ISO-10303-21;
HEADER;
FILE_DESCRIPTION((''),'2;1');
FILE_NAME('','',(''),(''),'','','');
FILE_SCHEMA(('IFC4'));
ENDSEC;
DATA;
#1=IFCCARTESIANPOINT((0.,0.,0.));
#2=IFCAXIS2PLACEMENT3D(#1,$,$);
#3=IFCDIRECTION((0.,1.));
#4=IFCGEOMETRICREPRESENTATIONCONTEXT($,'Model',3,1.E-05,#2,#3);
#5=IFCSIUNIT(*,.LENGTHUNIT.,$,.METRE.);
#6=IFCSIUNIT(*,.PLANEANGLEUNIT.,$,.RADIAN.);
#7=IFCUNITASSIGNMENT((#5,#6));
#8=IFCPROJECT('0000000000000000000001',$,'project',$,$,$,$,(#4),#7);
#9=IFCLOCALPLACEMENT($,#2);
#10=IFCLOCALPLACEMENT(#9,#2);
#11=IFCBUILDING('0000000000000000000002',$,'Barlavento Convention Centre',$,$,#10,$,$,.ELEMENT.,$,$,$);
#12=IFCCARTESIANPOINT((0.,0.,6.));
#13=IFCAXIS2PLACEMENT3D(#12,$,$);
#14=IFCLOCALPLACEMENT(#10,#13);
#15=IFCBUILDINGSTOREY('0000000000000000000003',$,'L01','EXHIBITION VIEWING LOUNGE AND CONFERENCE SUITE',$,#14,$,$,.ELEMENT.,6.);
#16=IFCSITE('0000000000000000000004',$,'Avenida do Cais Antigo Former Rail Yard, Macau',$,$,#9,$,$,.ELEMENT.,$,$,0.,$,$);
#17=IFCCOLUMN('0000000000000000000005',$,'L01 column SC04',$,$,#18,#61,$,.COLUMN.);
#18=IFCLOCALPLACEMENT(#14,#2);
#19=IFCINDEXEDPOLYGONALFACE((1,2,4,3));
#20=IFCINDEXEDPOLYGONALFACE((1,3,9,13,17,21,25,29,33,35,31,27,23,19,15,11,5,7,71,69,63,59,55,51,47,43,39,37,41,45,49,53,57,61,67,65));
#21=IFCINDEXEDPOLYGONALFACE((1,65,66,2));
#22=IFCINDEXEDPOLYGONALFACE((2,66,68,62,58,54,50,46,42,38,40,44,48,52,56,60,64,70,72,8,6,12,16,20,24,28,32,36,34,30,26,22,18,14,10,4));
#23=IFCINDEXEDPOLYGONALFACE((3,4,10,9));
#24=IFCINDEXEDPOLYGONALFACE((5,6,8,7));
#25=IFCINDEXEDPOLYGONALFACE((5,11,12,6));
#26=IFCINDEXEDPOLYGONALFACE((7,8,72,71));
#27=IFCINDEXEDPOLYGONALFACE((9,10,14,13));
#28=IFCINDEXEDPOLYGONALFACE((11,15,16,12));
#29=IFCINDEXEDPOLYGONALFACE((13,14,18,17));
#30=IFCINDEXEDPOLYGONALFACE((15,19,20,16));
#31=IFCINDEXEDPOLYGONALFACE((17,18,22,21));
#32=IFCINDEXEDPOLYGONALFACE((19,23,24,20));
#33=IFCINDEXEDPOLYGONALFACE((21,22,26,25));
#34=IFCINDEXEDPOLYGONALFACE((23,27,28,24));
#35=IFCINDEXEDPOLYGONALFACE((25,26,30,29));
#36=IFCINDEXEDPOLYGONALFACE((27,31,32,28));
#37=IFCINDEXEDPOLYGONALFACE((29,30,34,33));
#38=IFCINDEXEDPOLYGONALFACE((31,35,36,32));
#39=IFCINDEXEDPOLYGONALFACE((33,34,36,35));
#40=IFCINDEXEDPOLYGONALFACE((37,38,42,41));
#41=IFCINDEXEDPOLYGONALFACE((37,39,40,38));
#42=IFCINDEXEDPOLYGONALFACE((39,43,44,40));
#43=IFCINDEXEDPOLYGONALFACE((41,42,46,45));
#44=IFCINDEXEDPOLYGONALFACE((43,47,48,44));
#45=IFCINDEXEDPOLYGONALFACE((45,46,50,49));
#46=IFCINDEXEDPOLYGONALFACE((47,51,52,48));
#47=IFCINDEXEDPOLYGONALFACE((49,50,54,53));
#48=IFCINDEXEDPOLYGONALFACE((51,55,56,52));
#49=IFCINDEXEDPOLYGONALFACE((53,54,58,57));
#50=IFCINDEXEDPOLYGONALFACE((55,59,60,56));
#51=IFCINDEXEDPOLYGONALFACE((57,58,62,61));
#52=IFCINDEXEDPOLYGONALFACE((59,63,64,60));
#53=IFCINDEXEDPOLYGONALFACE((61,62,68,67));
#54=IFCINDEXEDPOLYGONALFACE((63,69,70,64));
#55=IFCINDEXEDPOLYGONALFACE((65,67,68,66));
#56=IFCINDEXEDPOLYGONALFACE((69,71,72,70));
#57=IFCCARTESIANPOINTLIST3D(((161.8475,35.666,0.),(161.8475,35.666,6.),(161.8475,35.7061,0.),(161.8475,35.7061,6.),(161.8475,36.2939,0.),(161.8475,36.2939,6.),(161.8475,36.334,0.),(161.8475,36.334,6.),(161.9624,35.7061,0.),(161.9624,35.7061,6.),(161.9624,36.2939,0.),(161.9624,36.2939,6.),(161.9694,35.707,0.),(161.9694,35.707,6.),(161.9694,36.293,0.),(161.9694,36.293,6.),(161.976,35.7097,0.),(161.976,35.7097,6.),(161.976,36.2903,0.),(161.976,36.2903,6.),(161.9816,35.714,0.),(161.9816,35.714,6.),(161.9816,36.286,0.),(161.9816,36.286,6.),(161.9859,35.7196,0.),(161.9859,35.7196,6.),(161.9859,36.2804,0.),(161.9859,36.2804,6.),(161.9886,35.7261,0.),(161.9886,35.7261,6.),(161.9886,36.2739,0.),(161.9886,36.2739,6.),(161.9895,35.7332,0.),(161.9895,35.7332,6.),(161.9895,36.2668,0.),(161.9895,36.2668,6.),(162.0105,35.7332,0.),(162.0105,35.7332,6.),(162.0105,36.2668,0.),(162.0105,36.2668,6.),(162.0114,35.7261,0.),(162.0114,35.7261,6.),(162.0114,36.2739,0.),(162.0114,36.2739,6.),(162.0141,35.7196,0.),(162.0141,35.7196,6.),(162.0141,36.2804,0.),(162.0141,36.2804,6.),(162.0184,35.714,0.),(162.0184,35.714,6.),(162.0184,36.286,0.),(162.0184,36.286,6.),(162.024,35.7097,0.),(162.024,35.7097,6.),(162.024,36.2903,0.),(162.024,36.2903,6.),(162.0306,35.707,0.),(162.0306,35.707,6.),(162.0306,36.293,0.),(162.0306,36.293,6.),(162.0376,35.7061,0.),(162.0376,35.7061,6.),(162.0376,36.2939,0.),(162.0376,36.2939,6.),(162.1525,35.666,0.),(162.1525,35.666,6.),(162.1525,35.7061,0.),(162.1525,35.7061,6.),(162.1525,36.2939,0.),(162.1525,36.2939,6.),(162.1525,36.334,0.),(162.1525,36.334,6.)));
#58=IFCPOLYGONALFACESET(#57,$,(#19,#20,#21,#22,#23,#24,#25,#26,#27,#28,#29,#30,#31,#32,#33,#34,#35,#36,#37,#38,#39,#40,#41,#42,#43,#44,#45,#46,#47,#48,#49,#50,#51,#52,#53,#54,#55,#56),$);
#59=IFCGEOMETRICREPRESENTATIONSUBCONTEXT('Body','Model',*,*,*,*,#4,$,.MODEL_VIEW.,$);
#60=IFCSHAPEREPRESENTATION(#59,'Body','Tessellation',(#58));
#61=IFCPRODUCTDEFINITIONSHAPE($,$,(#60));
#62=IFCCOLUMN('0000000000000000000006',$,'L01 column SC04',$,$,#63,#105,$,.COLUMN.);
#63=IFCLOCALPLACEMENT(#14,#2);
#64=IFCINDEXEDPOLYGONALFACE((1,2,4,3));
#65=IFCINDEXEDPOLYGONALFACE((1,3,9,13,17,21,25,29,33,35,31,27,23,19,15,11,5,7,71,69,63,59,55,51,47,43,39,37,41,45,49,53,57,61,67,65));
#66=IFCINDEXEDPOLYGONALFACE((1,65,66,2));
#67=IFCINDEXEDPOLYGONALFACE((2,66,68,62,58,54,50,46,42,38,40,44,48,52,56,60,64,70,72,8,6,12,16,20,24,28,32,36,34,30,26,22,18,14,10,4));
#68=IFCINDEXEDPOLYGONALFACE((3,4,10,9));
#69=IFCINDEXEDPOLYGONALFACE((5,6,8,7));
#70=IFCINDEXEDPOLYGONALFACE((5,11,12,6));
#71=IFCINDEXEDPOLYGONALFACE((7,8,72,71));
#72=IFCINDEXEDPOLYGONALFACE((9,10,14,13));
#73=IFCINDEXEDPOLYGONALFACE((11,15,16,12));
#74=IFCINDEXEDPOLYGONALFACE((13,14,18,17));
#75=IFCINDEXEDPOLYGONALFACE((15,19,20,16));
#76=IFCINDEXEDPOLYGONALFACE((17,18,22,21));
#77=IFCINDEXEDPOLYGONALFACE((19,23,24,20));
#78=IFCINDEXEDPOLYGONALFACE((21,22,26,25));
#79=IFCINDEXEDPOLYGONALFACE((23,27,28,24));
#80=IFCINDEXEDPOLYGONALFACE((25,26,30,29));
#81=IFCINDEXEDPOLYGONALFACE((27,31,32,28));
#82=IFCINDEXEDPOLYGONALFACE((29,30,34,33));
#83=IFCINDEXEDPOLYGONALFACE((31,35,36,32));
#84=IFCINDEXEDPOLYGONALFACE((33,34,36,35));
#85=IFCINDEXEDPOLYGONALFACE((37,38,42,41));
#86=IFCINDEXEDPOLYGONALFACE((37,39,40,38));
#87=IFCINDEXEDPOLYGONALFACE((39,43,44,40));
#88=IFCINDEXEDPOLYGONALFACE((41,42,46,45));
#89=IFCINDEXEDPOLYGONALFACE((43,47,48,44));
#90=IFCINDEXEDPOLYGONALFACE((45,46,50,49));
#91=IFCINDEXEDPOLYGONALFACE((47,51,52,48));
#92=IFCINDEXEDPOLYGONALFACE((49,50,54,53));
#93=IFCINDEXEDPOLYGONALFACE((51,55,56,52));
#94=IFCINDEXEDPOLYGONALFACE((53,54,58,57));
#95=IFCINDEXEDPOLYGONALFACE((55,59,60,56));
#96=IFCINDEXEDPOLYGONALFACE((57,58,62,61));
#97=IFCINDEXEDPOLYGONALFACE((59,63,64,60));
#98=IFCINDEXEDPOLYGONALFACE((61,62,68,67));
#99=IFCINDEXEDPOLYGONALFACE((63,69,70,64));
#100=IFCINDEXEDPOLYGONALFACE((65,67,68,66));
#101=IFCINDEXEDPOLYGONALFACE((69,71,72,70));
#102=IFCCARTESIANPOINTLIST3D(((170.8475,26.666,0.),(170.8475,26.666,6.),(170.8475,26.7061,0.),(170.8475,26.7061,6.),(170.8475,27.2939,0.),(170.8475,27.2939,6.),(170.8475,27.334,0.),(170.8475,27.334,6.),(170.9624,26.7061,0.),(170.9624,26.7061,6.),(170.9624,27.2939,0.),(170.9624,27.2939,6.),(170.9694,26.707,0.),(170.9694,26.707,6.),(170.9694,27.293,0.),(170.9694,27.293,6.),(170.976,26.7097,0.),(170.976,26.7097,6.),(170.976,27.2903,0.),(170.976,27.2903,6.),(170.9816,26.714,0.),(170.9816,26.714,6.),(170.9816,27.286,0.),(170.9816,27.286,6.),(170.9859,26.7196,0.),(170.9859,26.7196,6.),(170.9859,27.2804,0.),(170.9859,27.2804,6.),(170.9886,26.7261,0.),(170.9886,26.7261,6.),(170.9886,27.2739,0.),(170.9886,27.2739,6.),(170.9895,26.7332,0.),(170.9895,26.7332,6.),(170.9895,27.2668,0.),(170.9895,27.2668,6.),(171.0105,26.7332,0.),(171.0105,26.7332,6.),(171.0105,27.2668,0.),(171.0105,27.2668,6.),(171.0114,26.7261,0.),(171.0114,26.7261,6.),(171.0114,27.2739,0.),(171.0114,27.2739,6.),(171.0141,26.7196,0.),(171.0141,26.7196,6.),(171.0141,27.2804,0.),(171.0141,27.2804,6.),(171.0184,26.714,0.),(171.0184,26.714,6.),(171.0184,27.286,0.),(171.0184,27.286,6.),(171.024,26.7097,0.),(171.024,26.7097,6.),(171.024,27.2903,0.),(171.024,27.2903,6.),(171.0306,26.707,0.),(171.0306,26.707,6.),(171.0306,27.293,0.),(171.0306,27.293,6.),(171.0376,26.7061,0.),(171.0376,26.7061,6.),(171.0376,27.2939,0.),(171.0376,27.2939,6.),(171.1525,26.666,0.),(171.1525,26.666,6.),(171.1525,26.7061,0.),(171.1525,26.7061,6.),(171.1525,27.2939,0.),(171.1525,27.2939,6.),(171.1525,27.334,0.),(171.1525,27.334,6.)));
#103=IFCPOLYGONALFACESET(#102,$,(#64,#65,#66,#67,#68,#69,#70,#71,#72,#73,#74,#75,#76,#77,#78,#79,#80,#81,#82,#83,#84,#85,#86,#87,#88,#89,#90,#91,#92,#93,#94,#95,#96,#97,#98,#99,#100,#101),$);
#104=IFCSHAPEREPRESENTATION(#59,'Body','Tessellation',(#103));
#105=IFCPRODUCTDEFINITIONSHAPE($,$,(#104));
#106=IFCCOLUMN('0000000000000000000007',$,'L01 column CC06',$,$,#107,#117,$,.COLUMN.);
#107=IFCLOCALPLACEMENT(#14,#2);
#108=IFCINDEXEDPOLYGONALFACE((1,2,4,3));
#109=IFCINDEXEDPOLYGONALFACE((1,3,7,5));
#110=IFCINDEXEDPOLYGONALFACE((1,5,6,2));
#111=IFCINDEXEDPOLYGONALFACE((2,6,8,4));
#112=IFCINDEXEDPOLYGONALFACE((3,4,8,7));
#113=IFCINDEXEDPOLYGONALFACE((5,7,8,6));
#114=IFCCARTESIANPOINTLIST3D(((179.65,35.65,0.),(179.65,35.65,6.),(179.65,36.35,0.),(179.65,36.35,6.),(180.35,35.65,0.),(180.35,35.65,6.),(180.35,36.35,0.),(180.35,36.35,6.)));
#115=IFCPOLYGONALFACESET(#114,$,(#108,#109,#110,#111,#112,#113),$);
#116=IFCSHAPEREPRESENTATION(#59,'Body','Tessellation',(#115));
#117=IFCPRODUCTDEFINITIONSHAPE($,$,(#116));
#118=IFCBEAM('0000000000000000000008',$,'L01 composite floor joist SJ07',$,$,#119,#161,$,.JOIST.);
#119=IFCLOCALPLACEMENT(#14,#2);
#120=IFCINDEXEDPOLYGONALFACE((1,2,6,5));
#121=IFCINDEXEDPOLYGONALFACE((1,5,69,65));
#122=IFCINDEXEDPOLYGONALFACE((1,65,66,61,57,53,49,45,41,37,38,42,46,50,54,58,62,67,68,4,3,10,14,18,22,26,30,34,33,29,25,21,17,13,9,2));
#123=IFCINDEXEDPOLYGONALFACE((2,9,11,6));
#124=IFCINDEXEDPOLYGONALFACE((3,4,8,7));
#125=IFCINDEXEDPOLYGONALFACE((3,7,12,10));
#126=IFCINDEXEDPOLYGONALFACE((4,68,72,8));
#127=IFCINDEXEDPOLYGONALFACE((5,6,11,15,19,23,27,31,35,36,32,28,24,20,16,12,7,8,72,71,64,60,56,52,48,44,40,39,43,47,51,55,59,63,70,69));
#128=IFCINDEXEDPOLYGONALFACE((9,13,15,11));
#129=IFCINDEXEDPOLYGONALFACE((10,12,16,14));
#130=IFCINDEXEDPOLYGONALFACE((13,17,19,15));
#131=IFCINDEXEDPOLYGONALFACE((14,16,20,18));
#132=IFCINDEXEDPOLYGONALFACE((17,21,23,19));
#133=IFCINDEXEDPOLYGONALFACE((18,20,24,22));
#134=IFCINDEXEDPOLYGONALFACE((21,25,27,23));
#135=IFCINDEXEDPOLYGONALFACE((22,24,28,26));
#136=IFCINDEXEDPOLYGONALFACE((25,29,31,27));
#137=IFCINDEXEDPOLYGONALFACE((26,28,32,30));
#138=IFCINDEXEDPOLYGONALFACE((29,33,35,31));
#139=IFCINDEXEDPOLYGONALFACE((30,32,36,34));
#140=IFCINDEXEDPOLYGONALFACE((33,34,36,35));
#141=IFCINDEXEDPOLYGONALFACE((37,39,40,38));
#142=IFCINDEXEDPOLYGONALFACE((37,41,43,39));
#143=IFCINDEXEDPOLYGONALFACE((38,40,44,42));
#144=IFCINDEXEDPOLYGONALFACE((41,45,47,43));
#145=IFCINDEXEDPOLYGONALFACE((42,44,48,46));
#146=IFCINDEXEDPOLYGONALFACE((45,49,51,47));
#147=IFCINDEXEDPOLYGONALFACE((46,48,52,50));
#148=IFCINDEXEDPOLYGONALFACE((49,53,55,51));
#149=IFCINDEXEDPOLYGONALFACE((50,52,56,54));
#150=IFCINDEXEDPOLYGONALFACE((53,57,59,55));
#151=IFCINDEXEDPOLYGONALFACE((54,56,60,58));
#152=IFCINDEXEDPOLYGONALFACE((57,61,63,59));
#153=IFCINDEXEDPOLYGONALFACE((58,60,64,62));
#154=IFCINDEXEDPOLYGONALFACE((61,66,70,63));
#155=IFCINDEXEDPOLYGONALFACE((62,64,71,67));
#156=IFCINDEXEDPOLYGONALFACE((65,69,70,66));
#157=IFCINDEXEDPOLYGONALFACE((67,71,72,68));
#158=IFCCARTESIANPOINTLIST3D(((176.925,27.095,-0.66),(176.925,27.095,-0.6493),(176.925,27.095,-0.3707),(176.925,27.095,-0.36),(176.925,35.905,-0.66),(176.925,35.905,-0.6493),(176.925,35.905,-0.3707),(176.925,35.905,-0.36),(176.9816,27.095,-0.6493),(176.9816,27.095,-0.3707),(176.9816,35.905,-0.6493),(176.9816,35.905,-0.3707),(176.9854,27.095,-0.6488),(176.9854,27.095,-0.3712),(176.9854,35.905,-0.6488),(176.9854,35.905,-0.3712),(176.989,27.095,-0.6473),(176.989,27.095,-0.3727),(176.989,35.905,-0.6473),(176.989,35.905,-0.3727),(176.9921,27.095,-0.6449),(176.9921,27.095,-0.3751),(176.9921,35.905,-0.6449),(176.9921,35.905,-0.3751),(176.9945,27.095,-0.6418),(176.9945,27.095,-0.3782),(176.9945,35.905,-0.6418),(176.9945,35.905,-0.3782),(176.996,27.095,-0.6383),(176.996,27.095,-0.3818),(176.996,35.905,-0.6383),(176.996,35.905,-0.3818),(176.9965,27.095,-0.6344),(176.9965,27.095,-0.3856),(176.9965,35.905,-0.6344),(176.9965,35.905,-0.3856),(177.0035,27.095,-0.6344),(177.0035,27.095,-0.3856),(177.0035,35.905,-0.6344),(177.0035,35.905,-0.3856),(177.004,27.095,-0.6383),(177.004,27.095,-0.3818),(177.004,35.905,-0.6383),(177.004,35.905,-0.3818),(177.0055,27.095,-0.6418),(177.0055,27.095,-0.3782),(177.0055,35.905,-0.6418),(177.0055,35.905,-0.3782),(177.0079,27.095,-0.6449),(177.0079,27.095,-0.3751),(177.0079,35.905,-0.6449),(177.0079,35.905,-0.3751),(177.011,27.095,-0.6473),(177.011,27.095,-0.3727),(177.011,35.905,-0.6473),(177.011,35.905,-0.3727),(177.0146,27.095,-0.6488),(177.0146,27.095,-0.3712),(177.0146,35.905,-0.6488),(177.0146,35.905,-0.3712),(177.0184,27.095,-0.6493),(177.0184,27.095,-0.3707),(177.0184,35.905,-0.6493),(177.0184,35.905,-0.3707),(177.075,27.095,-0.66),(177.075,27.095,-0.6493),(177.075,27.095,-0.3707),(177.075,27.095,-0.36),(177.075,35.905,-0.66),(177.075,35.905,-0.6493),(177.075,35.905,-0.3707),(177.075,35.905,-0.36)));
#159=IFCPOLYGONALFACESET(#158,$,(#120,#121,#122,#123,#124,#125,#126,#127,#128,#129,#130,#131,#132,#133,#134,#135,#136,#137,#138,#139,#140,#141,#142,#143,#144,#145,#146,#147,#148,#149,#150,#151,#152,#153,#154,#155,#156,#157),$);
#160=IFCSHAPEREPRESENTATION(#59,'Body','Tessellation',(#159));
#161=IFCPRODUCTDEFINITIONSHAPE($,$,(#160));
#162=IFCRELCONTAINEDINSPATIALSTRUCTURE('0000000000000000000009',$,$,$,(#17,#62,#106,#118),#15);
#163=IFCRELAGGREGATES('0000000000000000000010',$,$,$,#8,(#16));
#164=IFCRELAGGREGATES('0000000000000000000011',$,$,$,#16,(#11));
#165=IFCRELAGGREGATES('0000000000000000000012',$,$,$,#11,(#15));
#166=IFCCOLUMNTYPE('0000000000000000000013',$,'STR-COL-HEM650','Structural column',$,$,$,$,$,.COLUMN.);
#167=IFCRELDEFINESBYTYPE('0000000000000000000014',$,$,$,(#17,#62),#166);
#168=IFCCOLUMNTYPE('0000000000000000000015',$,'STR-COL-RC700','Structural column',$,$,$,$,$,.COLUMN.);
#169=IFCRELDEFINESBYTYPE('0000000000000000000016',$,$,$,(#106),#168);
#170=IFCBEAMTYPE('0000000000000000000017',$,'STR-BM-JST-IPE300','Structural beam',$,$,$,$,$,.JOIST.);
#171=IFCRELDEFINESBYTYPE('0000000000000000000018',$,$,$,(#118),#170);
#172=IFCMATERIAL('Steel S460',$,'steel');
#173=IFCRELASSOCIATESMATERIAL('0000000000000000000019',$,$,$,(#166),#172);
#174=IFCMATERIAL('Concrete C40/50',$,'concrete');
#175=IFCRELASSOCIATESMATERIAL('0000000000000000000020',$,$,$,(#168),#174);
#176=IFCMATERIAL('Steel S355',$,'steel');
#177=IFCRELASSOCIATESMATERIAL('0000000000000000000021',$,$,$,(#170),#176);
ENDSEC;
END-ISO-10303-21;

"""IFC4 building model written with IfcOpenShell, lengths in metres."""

from ifc_helpers import new_model, si_unit, direction, frame, origin, origin_2d, place, context, subcontext, project, spatial, rectangle, i_section, extrude, material, material_profile, profile_set, type_object, element, save


model = new_model("IFC4")

# Units and contexts
model_context = context("Model", 3, precision=1e-05, world=origin(), true_north=direction((0.0, 1.0)))
body_context = subcontext(model_context, "Body", "Model", "MODEL_VIEW")
ifc_project = project(units=[si_unit("LENGTHUNIT", "METRE"), si_unit("PLANEANGLEUNIT", "RADIAN")], contexts=[model_context])

# Site, building, storey
site_placement = place(None, origin())
site = spatial("IfcSite", under=ifc_project, at=site_placement, Name="Avenida do Cais Antigo Former Rail Yard, Macau", CompositionType="ELEMENT", RefElevation=0.0)
building_placement = place(site_placement, origin())
building = spatial("IfcBuilding", under=site, at=building_placement, Name="Barlavento Convention Centre", CompositionType="ELEMENT")
storey_placement = place(building_placement, frame((0.0, 0.0, 6.0)))
storey = spatial("IfcBuildingStorey", under=building, at=storey_placement, Name="L01", Description="EXHIBITION VIEWING LOUNGE AND CONFERENCE SUITE", CompositionType="ELEMENT", Elevation=6.0)

# Columns
ifc_material_1 = material(Name="Steel S355", Category="steel")
ifc_material_2 = material(Name="Steel S460", Category="steel")
ifc_material_profile_1 = material_profile(ifc_material_2, i_section(OverallWidth=0.3049, OverallDepth=0.668, WebThickness=0.021, FlangeThickness=0.04, FilletRadius=0.0271, at=origin_2d()), Name="HEM 650")
ifc_profile_set_1 = profile_set([ifc_material_profile_1], Name="Steel S460")
column_type_1 = type_object("IfcColumnType", Name="STR-COL-HEM650", Description="Structural column", PredefinedType="COLUMN", material=ifc_profile_set_1)
for number, where, z_axis, x_axis, name in (
    (1, (162.0, 36.0, 0.0), (0.0, 0.0, 1.0), (1.0, 0.0, 0.0), "L01 column SC04"),
    (2, (171.0, 27.0, 0.0), (0.0, 0.0, 1.0), (1.0, 0.0, 0.0), "L01 column SC04"),
):
    element("IfcColumn", number, at=place(storey_placement, frame(where, z_axis=z_axis, x_axis=x_axis)), inside=storey, type_object=column_type_1, Name=name, PredefinedType="COLUMN", context=body_context, shape_type="SweptSolid", body=[
        extrude(i_section(OverallWidth=0.3049, OverallDepth=0.668, WebThickness=0.021, FlangeThickness=0.04, FilletRadius=0.0271, at=origin_2d()), origin(), (0.0, 0.0, 1.0), 6.0),
    ])
ifc_material_3 = material(Name="Concrete C40/50", Category="concrete")
ifc_material_profile_2 = material_profile(ifc_material_3, rectangle(XDim=0.7, YDim=0.7, at=origin_2d()), Name="RC 700x700")
ifc_profile_set_2 = profile_set([ifc_material_profile_2], Name="Concrete C40/50")
column_type_2 = type_object("IfcColumnType", Name="STR-COL-RC700", Description="Structural column", PredefinedType="COLUMN", material=ifc_profile_set_2)
column_1_placement = place(storey_placement, frame((180.0, 36.0, 0.0), z_axis=(0.0, 0.0, 1.0), x_axis=(1.0, 0.0, 0.0)))
element("IfcColumn", 3, at=column_1_placement, inside=storey, type_object=column_type_2, Name="L01 column CC06", PredefinedType="COLUMN", context=body_context, shape_type="SweptSolid", body=[
    extrude(rectangle(XDim=0.7, YDim=0.7, at=origin_2d()), origin(), (0.0, 0.0, 1.0), 6.0),
])

# Beam
ifc_material_profile_3 = material_profile(ifc_material_1, i_section(OverallWidth=0.1499, OverallDepth=0.3, WebThickness=0.0071, FlangeThickness=0.0107, FilletRadius=0.0149, at=origin_2d()), Name="IPE 300")
ifc_profile_set_3 = profile_set([ifc_material_profile_3], Name="Steel S355")
beam_type_1 = type_object("IfcBeamType", Name="STR-BM-JST-IPE300", Description="Structural beam", PredefinedType="JOIST", material=ifc_profile_set_3)
beam_1_placement = place(storey_placement, frame((177.0, 27.095, -0.51), z_axis=(0.0, 1.0, 0.0), x_axis=(-1.0, 0.0, 0.0)))
element("IfcBeam", 4, at=beam_1_placement, inside=storey, type_object=beam_type_1, Name="L01 composite floor joist SJ07", PredefinedType="JOIST", context=body_context, shape_type="SweptSolid", body=[
    extrude(i_section(OverallWidth=0.1499, OverallDepth=0.3, WebThickness=0.0071, FlangeThickness=0.0107, FilletRadius=0.0149, at=origin_2d()), origin(), (0.0, 0.0, 1.0), 8.8101),
])

save(model, "model.ifc")
